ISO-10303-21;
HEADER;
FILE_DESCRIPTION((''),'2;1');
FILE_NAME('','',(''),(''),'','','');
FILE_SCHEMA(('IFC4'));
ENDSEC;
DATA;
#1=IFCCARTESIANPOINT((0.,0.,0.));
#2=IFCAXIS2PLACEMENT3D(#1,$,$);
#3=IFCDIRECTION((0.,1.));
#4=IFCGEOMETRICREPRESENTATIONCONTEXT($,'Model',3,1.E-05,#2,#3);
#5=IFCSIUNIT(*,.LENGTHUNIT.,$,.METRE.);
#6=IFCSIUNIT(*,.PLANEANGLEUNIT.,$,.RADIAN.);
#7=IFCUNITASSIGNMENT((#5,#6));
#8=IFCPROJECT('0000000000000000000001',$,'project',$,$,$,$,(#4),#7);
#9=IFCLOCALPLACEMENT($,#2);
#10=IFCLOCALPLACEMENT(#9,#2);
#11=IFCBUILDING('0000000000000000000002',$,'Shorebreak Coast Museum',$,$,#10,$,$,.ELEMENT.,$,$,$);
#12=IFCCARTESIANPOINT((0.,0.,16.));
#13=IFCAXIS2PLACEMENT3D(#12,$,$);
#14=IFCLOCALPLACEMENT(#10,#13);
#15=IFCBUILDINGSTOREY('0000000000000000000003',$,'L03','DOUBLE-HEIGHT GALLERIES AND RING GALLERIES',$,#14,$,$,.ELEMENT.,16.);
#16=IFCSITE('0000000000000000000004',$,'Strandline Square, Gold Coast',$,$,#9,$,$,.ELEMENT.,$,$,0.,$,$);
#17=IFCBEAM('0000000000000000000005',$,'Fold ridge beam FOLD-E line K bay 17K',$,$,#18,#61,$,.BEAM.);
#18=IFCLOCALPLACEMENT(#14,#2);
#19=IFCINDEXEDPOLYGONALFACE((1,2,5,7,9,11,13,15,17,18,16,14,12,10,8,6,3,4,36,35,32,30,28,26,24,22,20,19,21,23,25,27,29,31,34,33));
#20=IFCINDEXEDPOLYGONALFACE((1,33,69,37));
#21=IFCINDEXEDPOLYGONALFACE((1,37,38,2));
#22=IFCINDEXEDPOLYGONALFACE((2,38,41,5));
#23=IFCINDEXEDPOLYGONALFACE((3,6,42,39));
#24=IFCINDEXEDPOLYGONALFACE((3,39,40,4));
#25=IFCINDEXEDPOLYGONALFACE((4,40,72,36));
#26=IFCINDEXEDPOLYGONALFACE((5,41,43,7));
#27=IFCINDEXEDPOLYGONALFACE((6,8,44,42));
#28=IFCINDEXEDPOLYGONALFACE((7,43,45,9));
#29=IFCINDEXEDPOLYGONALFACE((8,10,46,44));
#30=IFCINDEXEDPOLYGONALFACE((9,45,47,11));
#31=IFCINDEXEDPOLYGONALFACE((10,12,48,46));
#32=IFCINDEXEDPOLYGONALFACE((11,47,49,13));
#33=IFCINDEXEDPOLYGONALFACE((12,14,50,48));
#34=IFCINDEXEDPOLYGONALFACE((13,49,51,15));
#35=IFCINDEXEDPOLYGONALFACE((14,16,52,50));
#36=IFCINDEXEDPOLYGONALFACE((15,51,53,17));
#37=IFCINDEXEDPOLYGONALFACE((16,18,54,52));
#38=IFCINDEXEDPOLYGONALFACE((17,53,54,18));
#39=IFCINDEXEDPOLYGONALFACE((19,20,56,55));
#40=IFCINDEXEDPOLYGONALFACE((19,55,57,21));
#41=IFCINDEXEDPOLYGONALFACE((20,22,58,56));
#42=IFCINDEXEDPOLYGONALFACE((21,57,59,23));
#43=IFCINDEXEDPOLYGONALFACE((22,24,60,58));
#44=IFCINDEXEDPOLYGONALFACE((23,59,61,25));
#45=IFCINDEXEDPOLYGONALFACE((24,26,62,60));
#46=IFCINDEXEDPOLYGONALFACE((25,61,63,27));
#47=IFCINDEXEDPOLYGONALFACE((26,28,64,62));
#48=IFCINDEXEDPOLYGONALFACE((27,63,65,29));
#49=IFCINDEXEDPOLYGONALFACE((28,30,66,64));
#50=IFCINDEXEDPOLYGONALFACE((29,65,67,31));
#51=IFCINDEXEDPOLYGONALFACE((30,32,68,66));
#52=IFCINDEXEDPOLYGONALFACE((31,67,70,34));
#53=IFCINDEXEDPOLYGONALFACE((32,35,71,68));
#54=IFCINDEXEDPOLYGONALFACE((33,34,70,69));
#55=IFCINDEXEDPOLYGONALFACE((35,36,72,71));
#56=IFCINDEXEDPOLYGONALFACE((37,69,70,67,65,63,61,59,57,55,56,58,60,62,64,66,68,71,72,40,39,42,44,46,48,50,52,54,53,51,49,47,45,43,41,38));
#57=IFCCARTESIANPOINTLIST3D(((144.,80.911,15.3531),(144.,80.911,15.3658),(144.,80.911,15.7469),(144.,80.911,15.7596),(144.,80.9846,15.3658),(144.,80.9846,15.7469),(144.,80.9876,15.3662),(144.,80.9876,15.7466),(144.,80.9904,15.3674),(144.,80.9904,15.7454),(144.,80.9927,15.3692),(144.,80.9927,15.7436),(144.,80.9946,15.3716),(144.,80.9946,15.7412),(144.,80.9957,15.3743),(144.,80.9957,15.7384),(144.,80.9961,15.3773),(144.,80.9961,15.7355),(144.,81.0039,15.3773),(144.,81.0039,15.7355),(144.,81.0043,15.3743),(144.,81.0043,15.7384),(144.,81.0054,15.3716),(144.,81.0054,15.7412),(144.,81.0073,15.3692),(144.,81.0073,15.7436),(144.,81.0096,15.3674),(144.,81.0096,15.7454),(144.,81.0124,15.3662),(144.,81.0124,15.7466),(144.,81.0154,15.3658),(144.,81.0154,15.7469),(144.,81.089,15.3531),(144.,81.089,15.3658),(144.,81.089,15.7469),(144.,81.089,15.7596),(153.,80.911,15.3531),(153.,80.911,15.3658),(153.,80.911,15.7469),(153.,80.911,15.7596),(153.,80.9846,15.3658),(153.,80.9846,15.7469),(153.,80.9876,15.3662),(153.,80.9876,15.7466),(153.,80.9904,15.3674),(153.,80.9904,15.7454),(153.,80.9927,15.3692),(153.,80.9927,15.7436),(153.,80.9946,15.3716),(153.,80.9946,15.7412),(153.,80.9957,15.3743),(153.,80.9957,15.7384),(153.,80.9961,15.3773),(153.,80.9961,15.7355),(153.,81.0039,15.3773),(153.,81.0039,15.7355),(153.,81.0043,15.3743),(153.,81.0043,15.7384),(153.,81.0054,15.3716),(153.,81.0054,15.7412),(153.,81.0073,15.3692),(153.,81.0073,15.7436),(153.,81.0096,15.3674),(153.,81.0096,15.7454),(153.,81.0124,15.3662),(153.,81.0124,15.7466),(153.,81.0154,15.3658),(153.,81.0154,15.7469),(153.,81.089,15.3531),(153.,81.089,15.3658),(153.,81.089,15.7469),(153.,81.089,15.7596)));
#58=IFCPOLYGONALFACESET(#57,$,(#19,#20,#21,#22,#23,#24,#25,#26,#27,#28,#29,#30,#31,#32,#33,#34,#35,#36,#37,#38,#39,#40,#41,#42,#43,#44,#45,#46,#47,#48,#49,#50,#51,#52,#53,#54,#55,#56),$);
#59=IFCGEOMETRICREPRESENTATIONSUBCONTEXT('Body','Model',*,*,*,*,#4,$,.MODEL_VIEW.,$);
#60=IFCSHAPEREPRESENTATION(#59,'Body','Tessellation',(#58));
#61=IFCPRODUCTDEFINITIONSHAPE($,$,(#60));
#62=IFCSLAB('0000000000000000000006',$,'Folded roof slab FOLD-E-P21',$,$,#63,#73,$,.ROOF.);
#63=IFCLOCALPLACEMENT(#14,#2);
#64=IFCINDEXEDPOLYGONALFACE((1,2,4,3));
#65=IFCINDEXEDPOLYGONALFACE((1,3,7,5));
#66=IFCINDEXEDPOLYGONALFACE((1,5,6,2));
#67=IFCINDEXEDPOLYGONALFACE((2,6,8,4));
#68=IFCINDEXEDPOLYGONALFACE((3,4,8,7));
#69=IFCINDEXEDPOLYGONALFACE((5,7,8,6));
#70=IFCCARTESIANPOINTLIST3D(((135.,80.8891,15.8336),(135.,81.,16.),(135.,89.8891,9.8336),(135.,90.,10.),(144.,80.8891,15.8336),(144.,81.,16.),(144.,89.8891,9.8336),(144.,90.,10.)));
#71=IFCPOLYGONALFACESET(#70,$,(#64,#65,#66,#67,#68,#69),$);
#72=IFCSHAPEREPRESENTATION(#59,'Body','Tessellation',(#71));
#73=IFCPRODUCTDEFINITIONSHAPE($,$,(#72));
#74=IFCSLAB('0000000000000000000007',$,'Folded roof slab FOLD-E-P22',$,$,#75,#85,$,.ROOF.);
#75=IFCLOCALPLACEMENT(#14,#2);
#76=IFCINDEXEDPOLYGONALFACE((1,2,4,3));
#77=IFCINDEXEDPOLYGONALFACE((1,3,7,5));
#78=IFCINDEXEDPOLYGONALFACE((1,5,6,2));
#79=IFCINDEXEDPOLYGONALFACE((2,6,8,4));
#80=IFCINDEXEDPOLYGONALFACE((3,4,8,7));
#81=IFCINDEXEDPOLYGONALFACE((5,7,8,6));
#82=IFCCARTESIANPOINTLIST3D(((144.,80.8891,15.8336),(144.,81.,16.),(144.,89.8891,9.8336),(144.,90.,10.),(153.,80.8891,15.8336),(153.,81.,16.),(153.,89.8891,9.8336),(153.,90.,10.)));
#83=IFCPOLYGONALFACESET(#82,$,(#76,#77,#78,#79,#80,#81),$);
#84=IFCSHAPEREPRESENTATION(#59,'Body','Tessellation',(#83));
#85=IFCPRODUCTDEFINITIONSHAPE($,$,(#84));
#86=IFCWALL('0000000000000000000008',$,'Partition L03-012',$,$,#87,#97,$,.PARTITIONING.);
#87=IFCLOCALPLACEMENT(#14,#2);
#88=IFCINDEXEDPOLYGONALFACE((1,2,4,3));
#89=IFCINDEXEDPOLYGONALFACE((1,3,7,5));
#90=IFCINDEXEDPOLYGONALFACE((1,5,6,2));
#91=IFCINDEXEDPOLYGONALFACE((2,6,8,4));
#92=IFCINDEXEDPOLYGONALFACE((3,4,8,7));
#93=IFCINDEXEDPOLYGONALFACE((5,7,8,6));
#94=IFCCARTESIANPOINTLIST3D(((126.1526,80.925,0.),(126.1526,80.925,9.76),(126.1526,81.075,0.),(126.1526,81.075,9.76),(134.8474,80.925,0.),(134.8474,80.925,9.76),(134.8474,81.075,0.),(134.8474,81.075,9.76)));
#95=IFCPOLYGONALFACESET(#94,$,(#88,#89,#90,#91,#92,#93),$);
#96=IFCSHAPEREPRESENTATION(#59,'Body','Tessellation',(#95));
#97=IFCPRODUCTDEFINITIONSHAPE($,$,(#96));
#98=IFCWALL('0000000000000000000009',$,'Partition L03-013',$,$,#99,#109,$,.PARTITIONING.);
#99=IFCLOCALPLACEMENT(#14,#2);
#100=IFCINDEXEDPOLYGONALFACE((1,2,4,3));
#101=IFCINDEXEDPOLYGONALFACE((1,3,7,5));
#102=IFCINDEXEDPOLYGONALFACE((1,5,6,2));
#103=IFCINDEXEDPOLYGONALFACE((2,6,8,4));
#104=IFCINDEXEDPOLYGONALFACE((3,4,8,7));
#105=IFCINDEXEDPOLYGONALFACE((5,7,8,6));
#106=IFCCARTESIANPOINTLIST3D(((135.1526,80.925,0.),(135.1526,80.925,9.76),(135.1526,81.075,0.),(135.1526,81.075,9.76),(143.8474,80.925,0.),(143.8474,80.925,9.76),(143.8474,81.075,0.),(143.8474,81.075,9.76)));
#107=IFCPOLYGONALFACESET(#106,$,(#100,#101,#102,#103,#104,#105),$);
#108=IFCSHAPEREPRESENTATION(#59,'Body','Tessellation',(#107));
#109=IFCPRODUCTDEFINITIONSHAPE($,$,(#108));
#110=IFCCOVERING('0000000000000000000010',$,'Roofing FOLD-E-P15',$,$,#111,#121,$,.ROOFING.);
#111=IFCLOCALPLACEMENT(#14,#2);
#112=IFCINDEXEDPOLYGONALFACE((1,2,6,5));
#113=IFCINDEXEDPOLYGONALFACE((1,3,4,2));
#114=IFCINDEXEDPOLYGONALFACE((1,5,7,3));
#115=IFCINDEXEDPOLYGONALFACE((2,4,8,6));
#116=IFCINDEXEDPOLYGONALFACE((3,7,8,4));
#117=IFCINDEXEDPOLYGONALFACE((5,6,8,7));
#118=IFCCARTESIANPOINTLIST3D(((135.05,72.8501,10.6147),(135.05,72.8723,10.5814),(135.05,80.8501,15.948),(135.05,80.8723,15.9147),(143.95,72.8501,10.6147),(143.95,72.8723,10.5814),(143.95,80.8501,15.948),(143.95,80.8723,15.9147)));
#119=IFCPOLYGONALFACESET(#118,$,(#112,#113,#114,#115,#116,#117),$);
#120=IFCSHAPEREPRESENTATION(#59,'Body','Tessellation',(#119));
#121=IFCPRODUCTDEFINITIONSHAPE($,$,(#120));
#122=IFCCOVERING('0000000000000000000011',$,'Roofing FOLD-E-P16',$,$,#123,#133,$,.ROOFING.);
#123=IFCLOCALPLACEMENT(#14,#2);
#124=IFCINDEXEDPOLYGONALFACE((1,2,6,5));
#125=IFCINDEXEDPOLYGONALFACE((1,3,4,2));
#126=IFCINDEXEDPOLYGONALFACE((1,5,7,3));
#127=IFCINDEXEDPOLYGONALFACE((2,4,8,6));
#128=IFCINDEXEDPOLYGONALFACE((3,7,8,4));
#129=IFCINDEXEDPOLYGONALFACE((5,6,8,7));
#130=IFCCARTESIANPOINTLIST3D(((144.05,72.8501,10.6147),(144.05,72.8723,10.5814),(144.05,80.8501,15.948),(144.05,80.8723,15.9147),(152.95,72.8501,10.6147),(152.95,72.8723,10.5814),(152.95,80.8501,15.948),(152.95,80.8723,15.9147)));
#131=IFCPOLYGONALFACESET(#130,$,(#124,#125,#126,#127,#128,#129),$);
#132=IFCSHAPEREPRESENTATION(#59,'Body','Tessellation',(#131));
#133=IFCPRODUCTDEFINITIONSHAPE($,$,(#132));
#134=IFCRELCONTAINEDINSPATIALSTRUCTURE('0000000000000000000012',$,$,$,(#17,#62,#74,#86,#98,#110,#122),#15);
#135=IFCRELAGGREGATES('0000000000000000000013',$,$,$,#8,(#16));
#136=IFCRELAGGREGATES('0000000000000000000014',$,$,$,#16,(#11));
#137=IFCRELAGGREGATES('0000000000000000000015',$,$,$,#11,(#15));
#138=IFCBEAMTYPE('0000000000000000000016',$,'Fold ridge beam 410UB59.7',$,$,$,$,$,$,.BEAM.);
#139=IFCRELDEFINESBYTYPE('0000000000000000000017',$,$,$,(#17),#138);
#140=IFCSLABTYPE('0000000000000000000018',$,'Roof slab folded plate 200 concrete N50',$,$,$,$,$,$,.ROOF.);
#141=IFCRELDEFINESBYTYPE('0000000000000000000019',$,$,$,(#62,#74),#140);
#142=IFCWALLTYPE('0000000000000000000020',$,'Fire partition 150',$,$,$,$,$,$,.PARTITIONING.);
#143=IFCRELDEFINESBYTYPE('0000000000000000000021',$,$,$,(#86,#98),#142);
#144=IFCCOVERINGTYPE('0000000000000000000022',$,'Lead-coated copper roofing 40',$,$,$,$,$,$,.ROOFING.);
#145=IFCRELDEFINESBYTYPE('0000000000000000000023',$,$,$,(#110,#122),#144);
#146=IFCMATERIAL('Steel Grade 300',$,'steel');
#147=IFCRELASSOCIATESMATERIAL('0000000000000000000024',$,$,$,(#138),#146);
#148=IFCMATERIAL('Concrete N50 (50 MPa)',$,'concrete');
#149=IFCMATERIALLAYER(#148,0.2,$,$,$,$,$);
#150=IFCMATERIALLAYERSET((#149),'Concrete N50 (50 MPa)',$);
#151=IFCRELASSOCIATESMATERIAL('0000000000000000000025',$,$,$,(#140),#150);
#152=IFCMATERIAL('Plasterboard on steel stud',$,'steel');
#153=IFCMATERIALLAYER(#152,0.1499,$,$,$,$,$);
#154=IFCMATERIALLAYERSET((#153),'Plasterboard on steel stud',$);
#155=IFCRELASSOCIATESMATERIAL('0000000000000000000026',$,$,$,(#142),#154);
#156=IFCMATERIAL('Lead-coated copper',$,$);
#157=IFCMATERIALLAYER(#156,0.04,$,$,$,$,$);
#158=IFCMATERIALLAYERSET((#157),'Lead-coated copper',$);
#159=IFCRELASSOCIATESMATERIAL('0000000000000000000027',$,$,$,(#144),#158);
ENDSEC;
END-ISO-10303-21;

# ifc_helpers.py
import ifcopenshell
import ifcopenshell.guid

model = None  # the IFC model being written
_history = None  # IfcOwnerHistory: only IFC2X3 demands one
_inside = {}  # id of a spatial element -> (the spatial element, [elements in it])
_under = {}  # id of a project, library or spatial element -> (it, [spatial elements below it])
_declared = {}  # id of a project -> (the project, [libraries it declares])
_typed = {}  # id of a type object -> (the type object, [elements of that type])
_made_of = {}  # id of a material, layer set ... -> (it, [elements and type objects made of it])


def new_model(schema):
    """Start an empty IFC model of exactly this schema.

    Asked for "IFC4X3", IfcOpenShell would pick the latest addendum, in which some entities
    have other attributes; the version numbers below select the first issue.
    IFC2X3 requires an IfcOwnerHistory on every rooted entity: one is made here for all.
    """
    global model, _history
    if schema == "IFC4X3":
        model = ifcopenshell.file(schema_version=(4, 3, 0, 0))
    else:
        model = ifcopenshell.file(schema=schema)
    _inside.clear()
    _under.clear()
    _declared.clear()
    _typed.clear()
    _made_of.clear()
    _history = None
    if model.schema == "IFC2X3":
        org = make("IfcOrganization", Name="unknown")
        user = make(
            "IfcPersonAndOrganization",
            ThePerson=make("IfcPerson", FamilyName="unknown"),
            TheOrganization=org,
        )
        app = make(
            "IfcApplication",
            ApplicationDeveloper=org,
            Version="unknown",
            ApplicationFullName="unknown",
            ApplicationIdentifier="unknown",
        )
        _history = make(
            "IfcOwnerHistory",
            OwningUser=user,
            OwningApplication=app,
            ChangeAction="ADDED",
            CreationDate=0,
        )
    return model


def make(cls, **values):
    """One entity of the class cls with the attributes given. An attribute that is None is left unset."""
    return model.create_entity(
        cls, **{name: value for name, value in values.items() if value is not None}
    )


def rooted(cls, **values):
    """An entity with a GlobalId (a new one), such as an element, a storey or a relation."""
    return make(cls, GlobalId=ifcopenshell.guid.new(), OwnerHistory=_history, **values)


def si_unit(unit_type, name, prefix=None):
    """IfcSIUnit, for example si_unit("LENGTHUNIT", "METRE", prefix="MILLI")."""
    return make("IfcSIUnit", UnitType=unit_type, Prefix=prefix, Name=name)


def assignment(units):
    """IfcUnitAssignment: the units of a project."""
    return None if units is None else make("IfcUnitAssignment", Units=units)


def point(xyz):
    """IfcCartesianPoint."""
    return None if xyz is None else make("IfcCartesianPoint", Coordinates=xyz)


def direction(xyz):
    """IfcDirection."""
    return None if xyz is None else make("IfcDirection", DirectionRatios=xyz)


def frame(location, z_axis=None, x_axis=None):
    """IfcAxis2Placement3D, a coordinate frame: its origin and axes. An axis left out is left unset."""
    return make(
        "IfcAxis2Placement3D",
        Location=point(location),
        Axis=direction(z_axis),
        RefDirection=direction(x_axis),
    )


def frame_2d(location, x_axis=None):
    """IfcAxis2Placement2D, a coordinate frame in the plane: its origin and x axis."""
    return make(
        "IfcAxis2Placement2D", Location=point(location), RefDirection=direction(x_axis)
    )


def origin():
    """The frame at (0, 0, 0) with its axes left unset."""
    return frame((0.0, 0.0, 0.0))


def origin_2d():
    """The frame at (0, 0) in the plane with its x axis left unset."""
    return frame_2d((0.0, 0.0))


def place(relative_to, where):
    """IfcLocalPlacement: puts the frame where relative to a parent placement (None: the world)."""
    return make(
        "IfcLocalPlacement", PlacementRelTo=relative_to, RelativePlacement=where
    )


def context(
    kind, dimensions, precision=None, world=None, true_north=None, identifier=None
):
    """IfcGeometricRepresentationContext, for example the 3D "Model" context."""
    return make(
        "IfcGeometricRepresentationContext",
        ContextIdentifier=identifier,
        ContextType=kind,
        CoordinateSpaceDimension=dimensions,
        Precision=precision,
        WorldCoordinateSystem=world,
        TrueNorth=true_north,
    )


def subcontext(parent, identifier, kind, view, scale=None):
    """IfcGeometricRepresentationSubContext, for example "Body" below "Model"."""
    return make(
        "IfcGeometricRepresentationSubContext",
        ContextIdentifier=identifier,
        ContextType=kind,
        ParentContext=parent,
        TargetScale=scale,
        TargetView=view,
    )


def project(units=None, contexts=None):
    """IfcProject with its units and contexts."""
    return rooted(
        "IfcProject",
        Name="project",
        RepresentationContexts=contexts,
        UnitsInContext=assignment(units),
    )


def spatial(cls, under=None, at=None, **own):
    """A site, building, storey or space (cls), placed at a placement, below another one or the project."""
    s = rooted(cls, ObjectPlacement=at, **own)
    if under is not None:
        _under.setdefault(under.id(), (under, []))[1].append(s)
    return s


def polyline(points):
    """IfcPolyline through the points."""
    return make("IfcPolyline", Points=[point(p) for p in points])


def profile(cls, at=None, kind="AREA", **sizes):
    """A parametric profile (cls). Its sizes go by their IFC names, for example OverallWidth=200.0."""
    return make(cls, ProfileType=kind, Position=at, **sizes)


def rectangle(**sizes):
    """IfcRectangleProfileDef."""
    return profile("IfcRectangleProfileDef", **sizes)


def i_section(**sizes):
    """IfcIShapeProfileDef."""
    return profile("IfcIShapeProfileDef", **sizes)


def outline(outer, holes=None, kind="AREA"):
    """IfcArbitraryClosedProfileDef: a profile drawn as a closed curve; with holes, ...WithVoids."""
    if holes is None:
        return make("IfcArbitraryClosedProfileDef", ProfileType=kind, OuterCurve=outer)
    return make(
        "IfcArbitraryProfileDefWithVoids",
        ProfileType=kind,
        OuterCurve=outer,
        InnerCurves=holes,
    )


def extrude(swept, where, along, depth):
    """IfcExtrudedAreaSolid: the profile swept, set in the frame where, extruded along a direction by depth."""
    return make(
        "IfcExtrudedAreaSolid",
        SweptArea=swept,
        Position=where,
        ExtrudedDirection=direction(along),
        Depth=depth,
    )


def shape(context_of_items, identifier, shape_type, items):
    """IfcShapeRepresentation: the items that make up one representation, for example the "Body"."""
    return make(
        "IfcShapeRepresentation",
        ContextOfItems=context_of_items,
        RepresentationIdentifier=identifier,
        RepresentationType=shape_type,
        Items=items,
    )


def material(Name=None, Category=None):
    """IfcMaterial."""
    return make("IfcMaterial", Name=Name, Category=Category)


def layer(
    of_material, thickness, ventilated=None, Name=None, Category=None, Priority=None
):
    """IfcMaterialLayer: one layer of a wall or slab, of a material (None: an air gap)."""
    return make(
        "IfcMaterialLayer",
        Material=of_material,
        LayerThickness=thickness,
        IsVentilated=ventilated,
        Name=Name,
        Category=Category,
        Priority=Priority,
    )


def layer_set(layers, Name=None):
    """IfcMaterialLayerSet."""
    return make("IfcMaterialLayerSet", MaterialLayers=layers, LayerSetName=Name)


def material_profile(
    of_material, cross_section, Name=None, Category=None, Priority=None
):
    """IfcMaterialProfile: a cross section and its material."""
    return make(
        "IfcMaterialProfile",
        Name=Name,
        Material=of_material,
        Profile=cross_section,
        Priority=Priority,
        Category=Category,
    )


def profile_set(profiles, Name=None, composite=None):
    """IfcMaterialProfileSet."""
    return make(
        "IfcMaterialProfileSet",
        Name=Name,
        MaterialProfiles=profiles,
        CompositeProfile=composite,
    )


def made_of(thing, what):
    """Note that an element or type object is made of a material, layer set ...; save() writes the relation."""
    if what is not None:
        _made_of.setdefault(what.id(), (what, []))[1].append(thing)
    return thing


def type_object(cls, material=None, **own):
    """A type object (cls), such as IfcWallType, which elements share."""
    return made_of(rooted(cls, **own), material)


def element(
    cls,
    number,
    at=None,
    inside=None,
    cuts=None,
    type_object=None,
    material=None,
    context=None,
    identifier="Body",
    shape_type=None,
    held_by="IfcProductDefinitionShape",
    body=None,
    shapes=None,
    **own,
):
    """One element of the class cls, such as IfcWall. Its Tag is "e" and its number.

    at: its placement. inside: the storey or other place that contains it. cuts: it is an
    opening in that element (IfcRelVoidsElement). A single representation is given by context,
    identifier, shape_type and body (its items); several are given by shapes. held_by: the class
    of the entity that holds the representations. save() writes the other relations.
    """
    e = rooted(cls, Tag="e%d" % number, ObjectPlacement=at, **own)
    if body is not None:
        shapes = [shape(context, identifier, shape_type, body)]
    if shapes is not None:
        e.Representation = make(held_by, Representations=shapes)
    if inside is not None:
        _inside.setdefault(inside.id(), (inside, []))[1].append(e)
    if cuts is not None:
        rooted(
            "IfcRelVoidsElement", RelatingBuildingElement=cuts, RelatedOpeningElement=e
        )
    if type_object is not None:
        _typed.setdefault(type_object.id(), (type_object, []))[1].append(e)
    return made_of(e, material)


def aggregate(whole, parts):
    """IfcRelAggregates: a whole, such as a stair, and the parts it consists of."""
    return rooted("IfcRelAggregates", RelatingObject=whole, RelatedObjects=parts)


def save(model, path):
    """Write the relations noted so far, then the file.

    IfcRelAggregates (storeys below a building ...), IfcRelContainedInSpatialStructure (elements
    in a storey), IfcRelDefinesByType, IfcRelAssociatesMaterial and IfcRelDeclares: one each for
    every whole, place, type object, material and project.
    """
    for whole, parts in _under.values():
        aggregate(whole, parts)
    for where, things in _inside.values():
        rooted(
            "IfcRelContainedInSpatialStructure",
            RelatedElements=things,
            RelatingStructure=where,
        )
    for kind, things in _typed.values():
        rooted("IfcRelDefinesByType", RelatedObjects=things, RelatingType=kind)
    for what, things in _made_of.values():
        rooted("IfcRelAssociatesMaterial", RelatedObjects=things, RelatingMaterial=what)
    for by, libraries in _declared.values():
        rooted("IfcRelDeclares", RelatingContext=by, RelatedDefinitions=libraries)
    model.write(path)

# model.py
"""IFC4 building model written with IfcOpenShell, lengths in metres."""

from ifc_helpers import new_model, si_unit, direction, frame, frame_2d, origin, origin_2d, place, context, subcontext, project, spatial, polyline, rectangle, i_section, outline, extrude, material, layer, layer_set, material_profile, profile_set, type_object, element, save


model = new_model("IFC4")

# Units and contexts
model_context = context("Model", 3, precision=1e-05, world=origin(), true_north=direction((0.0, 1.0)))
body_context = subcontext(model_context, "Body", "Model", "MODEL_VIEW")
ifc_project = project(units=[si_unit("LENGTHUNIT", "METRE"), si_unit("PLANEANGLEUNIT", "RADIAN")], contexts=[model_context])

# Site, building, storey
site_placement = place(None, origin())
site = spatial("IfcSite", under=ifc_project, at=site_placement, Name="Strandline Square, Gold Coast", CompositionType="ELEMENT", RefElevation=0.0)
building_placement = place(site_placement, origin())
building = spatial("IfcBuilding", under=site, at=building_placement, Name="Shorebreak Coast Museum", CompositionType="ELEMENT")
storey_placement = place(building_placement, frame((0.0, 0.0, 16.0)))
storey = spatial("IfcBuildingStorey", under=building, at=storey_placement, Name="L03", Description="DOUBLE-HEIGHT GALLERIES AND RING GALLERIES", CompositionType="ELEMENT", Elevation=16.0)

# Beam
ifc_material_1 = material(Name="Steel Grade 300", Category="steel")
ifc_material_profile_1 = material_profile(ifc_material_1, i_section(OverallWidth=0.178, OverallDepth=0.4065, WebThickness=0.0078, FlangeThickness=0.0127, FilletRadius=0.0115, at=origin_2d()), Name="410UB59.7")
ifc_profile_set_1 = profile_set([ifc_material_profile_1], Name="Steel Grade 300")
beam_type_1 = type_object("IfcBeamType", Name="Fold ridge beam 410UB59.7", PredefinedType="BEAM", material=ifc_profile_set_1)
for number, where, z_axis, x_axis, name in (
    (1, (144.0, 81.0, 15.5564), (1.0, 0.0, 0.0), (0.0, 1.0, 0.0), "Fold ridge beam FOLD-E line K bay 17K"),
):
    element("IfcBeam", number, at=place(storey_placement, frame(where, z_axis=z_axis, x_axis=x_axis)), inside=storey, type_object=beam_type_1, Name=name, PredefinedType="BEAM", context=body_context, shape_type="SweptSolid", body=[
        extrude(i_section(OverallWidth=0.178, OverallDepth=0.4065, WebThickness=0.0078, FlangeThickness=0.0127, FilletRadius=0.0115, at=origin_2d()), origin(), (0.0, 0.0, 1.0), 9.0),
    ])

# Slabs
ifc_material_2 = material(Name="Concrete N50 (50 MPa)", Category="concrete")
ifc_layer_1 = layer(ifc_material_2, 0.2)
ifc_layer_set_1 = layer_set([ifc_layer_1], Name="Concrete N50 (50 MPa)")
slab_type = type_object("IfcSlabType", Name="Roof slab folded plate 200 concrete N50", PredefinedType="ROOF", material=ifc_layer_set_1)
for number, where, z_axis, x_axis, name in (
    (2, (135.0, 81.0, 16.0), (0.0, 0.5547, 0.83205), (1.0, 0.0, 0.0), "Folded roof slab FOLD-E-P21"),
    (3, (144.0, 81.0, 16.0), (0.0, 0.5547, 0.83205), (1.0, 0.0, 0.0), "Folded roof slab FOLD-E-P22"),
):
    element("IfcSlab", number, at=place(storey_placement, frame(where, z_axis=z_axis, x_axis=x_axis)), inside=storey, type_object=slab_type, Name=name, PredefinedType="ROOF", context=body_context, shape_type="SweptSolid", body=[
        extrude(outline(polyline([(0.0, 0.0), (9.0, 0.0), (9.0, 10.8167), (0.0, 10.8167), (0.0, 0.0)])), origin(), (0.0, 0.0, -1.0), 0.2),
    ])

# Walls
ifc_material_3 = material(Name="Plasterboard on steel stud", Category="steel")
ifc_layer_2 = layer(ifc_material_3, 0.1499)
ifc_layer_set_2 = layer_set([ifc_layer_2], Name="Plasterboard on steel stud")
wall_type = type_object("IfcWallType", Name="Fire partition 150", PredefinedType="PARTITIONING", material=ifc_layer_set_2)
for number, where, z_axis, x_axis, name in (
    (4, (126.1526, 81.0, 0.0), (0.0, 0.0, 1.0), (1.0, 0.0, 0.0), "Partition L03-012"),
    (5, (135.1526, 81.0, 0.0), (0.0, 0.0, 1.0), (1.0, 0.0, 0.0), "Partition L03-013"),
):
    element("IfcWall", number, at=place(storey_placement, frame(where, z_axis=z_axis, x_axis=x_axis)), inside=storey, type_object=wall_type, Name=name, PredefinedType="PARTITIONING", context=body_context, shape_type="SweptSolid", body=[
        extrude(rectangle(XDim=8.6948, YDim=0.1499, at=frame_2d((4.3474, 0.0))), origin(), (0.0, 0.0, 1.0), 9.76),
    ])

# Coverings
ifc_material_4 = material(Name="Lead-coated copper")
ifc_layer_3 = layer(ifc_material_4, 0.04)
ifc_layer_set_3 = layer_set([ifc_layer_3], Name="Lead-coated copper")
covering_type = type_object("IfcCoveringType", Name="Lead-coated copper roofing 40", PredefinedType="ROOFING", material=ifc_layer_set_3)
for number, where, z_axis, x_axis, name in (
    (6, (135.05, 72.8501, 10.6147), (0.0, -0.554694, 0.832054), (1.0, 0.0, 0.0), "Roofing FOLD-E-P15"),
    (7, (144.05, 72.8501, 10.6147), (0.0, -0.554694, 0.832054), (1.0, 0.0, 0.0), "Roofing FOLD-E-P16"),
):
    element("IfcCovering", number, at=place(storey_placement, frame(where, z_axis=z_axis, x_axis=x_axis)), inside=storey, type_object=covering_type, Name=name, PredefinedType="ROOFING", context=body_context, shape_type="SweptSolid", body=[
        extrude(outline(polyline([(0.0, 0.0), (8.8999, 0.0), (8.8999, 9.6148), (0.0, 9.6148), (0.0, 0.0)])), origin(), (0.0, 0.0, -1.0), 0.04),
    ])

save(model, "model.ifc")
